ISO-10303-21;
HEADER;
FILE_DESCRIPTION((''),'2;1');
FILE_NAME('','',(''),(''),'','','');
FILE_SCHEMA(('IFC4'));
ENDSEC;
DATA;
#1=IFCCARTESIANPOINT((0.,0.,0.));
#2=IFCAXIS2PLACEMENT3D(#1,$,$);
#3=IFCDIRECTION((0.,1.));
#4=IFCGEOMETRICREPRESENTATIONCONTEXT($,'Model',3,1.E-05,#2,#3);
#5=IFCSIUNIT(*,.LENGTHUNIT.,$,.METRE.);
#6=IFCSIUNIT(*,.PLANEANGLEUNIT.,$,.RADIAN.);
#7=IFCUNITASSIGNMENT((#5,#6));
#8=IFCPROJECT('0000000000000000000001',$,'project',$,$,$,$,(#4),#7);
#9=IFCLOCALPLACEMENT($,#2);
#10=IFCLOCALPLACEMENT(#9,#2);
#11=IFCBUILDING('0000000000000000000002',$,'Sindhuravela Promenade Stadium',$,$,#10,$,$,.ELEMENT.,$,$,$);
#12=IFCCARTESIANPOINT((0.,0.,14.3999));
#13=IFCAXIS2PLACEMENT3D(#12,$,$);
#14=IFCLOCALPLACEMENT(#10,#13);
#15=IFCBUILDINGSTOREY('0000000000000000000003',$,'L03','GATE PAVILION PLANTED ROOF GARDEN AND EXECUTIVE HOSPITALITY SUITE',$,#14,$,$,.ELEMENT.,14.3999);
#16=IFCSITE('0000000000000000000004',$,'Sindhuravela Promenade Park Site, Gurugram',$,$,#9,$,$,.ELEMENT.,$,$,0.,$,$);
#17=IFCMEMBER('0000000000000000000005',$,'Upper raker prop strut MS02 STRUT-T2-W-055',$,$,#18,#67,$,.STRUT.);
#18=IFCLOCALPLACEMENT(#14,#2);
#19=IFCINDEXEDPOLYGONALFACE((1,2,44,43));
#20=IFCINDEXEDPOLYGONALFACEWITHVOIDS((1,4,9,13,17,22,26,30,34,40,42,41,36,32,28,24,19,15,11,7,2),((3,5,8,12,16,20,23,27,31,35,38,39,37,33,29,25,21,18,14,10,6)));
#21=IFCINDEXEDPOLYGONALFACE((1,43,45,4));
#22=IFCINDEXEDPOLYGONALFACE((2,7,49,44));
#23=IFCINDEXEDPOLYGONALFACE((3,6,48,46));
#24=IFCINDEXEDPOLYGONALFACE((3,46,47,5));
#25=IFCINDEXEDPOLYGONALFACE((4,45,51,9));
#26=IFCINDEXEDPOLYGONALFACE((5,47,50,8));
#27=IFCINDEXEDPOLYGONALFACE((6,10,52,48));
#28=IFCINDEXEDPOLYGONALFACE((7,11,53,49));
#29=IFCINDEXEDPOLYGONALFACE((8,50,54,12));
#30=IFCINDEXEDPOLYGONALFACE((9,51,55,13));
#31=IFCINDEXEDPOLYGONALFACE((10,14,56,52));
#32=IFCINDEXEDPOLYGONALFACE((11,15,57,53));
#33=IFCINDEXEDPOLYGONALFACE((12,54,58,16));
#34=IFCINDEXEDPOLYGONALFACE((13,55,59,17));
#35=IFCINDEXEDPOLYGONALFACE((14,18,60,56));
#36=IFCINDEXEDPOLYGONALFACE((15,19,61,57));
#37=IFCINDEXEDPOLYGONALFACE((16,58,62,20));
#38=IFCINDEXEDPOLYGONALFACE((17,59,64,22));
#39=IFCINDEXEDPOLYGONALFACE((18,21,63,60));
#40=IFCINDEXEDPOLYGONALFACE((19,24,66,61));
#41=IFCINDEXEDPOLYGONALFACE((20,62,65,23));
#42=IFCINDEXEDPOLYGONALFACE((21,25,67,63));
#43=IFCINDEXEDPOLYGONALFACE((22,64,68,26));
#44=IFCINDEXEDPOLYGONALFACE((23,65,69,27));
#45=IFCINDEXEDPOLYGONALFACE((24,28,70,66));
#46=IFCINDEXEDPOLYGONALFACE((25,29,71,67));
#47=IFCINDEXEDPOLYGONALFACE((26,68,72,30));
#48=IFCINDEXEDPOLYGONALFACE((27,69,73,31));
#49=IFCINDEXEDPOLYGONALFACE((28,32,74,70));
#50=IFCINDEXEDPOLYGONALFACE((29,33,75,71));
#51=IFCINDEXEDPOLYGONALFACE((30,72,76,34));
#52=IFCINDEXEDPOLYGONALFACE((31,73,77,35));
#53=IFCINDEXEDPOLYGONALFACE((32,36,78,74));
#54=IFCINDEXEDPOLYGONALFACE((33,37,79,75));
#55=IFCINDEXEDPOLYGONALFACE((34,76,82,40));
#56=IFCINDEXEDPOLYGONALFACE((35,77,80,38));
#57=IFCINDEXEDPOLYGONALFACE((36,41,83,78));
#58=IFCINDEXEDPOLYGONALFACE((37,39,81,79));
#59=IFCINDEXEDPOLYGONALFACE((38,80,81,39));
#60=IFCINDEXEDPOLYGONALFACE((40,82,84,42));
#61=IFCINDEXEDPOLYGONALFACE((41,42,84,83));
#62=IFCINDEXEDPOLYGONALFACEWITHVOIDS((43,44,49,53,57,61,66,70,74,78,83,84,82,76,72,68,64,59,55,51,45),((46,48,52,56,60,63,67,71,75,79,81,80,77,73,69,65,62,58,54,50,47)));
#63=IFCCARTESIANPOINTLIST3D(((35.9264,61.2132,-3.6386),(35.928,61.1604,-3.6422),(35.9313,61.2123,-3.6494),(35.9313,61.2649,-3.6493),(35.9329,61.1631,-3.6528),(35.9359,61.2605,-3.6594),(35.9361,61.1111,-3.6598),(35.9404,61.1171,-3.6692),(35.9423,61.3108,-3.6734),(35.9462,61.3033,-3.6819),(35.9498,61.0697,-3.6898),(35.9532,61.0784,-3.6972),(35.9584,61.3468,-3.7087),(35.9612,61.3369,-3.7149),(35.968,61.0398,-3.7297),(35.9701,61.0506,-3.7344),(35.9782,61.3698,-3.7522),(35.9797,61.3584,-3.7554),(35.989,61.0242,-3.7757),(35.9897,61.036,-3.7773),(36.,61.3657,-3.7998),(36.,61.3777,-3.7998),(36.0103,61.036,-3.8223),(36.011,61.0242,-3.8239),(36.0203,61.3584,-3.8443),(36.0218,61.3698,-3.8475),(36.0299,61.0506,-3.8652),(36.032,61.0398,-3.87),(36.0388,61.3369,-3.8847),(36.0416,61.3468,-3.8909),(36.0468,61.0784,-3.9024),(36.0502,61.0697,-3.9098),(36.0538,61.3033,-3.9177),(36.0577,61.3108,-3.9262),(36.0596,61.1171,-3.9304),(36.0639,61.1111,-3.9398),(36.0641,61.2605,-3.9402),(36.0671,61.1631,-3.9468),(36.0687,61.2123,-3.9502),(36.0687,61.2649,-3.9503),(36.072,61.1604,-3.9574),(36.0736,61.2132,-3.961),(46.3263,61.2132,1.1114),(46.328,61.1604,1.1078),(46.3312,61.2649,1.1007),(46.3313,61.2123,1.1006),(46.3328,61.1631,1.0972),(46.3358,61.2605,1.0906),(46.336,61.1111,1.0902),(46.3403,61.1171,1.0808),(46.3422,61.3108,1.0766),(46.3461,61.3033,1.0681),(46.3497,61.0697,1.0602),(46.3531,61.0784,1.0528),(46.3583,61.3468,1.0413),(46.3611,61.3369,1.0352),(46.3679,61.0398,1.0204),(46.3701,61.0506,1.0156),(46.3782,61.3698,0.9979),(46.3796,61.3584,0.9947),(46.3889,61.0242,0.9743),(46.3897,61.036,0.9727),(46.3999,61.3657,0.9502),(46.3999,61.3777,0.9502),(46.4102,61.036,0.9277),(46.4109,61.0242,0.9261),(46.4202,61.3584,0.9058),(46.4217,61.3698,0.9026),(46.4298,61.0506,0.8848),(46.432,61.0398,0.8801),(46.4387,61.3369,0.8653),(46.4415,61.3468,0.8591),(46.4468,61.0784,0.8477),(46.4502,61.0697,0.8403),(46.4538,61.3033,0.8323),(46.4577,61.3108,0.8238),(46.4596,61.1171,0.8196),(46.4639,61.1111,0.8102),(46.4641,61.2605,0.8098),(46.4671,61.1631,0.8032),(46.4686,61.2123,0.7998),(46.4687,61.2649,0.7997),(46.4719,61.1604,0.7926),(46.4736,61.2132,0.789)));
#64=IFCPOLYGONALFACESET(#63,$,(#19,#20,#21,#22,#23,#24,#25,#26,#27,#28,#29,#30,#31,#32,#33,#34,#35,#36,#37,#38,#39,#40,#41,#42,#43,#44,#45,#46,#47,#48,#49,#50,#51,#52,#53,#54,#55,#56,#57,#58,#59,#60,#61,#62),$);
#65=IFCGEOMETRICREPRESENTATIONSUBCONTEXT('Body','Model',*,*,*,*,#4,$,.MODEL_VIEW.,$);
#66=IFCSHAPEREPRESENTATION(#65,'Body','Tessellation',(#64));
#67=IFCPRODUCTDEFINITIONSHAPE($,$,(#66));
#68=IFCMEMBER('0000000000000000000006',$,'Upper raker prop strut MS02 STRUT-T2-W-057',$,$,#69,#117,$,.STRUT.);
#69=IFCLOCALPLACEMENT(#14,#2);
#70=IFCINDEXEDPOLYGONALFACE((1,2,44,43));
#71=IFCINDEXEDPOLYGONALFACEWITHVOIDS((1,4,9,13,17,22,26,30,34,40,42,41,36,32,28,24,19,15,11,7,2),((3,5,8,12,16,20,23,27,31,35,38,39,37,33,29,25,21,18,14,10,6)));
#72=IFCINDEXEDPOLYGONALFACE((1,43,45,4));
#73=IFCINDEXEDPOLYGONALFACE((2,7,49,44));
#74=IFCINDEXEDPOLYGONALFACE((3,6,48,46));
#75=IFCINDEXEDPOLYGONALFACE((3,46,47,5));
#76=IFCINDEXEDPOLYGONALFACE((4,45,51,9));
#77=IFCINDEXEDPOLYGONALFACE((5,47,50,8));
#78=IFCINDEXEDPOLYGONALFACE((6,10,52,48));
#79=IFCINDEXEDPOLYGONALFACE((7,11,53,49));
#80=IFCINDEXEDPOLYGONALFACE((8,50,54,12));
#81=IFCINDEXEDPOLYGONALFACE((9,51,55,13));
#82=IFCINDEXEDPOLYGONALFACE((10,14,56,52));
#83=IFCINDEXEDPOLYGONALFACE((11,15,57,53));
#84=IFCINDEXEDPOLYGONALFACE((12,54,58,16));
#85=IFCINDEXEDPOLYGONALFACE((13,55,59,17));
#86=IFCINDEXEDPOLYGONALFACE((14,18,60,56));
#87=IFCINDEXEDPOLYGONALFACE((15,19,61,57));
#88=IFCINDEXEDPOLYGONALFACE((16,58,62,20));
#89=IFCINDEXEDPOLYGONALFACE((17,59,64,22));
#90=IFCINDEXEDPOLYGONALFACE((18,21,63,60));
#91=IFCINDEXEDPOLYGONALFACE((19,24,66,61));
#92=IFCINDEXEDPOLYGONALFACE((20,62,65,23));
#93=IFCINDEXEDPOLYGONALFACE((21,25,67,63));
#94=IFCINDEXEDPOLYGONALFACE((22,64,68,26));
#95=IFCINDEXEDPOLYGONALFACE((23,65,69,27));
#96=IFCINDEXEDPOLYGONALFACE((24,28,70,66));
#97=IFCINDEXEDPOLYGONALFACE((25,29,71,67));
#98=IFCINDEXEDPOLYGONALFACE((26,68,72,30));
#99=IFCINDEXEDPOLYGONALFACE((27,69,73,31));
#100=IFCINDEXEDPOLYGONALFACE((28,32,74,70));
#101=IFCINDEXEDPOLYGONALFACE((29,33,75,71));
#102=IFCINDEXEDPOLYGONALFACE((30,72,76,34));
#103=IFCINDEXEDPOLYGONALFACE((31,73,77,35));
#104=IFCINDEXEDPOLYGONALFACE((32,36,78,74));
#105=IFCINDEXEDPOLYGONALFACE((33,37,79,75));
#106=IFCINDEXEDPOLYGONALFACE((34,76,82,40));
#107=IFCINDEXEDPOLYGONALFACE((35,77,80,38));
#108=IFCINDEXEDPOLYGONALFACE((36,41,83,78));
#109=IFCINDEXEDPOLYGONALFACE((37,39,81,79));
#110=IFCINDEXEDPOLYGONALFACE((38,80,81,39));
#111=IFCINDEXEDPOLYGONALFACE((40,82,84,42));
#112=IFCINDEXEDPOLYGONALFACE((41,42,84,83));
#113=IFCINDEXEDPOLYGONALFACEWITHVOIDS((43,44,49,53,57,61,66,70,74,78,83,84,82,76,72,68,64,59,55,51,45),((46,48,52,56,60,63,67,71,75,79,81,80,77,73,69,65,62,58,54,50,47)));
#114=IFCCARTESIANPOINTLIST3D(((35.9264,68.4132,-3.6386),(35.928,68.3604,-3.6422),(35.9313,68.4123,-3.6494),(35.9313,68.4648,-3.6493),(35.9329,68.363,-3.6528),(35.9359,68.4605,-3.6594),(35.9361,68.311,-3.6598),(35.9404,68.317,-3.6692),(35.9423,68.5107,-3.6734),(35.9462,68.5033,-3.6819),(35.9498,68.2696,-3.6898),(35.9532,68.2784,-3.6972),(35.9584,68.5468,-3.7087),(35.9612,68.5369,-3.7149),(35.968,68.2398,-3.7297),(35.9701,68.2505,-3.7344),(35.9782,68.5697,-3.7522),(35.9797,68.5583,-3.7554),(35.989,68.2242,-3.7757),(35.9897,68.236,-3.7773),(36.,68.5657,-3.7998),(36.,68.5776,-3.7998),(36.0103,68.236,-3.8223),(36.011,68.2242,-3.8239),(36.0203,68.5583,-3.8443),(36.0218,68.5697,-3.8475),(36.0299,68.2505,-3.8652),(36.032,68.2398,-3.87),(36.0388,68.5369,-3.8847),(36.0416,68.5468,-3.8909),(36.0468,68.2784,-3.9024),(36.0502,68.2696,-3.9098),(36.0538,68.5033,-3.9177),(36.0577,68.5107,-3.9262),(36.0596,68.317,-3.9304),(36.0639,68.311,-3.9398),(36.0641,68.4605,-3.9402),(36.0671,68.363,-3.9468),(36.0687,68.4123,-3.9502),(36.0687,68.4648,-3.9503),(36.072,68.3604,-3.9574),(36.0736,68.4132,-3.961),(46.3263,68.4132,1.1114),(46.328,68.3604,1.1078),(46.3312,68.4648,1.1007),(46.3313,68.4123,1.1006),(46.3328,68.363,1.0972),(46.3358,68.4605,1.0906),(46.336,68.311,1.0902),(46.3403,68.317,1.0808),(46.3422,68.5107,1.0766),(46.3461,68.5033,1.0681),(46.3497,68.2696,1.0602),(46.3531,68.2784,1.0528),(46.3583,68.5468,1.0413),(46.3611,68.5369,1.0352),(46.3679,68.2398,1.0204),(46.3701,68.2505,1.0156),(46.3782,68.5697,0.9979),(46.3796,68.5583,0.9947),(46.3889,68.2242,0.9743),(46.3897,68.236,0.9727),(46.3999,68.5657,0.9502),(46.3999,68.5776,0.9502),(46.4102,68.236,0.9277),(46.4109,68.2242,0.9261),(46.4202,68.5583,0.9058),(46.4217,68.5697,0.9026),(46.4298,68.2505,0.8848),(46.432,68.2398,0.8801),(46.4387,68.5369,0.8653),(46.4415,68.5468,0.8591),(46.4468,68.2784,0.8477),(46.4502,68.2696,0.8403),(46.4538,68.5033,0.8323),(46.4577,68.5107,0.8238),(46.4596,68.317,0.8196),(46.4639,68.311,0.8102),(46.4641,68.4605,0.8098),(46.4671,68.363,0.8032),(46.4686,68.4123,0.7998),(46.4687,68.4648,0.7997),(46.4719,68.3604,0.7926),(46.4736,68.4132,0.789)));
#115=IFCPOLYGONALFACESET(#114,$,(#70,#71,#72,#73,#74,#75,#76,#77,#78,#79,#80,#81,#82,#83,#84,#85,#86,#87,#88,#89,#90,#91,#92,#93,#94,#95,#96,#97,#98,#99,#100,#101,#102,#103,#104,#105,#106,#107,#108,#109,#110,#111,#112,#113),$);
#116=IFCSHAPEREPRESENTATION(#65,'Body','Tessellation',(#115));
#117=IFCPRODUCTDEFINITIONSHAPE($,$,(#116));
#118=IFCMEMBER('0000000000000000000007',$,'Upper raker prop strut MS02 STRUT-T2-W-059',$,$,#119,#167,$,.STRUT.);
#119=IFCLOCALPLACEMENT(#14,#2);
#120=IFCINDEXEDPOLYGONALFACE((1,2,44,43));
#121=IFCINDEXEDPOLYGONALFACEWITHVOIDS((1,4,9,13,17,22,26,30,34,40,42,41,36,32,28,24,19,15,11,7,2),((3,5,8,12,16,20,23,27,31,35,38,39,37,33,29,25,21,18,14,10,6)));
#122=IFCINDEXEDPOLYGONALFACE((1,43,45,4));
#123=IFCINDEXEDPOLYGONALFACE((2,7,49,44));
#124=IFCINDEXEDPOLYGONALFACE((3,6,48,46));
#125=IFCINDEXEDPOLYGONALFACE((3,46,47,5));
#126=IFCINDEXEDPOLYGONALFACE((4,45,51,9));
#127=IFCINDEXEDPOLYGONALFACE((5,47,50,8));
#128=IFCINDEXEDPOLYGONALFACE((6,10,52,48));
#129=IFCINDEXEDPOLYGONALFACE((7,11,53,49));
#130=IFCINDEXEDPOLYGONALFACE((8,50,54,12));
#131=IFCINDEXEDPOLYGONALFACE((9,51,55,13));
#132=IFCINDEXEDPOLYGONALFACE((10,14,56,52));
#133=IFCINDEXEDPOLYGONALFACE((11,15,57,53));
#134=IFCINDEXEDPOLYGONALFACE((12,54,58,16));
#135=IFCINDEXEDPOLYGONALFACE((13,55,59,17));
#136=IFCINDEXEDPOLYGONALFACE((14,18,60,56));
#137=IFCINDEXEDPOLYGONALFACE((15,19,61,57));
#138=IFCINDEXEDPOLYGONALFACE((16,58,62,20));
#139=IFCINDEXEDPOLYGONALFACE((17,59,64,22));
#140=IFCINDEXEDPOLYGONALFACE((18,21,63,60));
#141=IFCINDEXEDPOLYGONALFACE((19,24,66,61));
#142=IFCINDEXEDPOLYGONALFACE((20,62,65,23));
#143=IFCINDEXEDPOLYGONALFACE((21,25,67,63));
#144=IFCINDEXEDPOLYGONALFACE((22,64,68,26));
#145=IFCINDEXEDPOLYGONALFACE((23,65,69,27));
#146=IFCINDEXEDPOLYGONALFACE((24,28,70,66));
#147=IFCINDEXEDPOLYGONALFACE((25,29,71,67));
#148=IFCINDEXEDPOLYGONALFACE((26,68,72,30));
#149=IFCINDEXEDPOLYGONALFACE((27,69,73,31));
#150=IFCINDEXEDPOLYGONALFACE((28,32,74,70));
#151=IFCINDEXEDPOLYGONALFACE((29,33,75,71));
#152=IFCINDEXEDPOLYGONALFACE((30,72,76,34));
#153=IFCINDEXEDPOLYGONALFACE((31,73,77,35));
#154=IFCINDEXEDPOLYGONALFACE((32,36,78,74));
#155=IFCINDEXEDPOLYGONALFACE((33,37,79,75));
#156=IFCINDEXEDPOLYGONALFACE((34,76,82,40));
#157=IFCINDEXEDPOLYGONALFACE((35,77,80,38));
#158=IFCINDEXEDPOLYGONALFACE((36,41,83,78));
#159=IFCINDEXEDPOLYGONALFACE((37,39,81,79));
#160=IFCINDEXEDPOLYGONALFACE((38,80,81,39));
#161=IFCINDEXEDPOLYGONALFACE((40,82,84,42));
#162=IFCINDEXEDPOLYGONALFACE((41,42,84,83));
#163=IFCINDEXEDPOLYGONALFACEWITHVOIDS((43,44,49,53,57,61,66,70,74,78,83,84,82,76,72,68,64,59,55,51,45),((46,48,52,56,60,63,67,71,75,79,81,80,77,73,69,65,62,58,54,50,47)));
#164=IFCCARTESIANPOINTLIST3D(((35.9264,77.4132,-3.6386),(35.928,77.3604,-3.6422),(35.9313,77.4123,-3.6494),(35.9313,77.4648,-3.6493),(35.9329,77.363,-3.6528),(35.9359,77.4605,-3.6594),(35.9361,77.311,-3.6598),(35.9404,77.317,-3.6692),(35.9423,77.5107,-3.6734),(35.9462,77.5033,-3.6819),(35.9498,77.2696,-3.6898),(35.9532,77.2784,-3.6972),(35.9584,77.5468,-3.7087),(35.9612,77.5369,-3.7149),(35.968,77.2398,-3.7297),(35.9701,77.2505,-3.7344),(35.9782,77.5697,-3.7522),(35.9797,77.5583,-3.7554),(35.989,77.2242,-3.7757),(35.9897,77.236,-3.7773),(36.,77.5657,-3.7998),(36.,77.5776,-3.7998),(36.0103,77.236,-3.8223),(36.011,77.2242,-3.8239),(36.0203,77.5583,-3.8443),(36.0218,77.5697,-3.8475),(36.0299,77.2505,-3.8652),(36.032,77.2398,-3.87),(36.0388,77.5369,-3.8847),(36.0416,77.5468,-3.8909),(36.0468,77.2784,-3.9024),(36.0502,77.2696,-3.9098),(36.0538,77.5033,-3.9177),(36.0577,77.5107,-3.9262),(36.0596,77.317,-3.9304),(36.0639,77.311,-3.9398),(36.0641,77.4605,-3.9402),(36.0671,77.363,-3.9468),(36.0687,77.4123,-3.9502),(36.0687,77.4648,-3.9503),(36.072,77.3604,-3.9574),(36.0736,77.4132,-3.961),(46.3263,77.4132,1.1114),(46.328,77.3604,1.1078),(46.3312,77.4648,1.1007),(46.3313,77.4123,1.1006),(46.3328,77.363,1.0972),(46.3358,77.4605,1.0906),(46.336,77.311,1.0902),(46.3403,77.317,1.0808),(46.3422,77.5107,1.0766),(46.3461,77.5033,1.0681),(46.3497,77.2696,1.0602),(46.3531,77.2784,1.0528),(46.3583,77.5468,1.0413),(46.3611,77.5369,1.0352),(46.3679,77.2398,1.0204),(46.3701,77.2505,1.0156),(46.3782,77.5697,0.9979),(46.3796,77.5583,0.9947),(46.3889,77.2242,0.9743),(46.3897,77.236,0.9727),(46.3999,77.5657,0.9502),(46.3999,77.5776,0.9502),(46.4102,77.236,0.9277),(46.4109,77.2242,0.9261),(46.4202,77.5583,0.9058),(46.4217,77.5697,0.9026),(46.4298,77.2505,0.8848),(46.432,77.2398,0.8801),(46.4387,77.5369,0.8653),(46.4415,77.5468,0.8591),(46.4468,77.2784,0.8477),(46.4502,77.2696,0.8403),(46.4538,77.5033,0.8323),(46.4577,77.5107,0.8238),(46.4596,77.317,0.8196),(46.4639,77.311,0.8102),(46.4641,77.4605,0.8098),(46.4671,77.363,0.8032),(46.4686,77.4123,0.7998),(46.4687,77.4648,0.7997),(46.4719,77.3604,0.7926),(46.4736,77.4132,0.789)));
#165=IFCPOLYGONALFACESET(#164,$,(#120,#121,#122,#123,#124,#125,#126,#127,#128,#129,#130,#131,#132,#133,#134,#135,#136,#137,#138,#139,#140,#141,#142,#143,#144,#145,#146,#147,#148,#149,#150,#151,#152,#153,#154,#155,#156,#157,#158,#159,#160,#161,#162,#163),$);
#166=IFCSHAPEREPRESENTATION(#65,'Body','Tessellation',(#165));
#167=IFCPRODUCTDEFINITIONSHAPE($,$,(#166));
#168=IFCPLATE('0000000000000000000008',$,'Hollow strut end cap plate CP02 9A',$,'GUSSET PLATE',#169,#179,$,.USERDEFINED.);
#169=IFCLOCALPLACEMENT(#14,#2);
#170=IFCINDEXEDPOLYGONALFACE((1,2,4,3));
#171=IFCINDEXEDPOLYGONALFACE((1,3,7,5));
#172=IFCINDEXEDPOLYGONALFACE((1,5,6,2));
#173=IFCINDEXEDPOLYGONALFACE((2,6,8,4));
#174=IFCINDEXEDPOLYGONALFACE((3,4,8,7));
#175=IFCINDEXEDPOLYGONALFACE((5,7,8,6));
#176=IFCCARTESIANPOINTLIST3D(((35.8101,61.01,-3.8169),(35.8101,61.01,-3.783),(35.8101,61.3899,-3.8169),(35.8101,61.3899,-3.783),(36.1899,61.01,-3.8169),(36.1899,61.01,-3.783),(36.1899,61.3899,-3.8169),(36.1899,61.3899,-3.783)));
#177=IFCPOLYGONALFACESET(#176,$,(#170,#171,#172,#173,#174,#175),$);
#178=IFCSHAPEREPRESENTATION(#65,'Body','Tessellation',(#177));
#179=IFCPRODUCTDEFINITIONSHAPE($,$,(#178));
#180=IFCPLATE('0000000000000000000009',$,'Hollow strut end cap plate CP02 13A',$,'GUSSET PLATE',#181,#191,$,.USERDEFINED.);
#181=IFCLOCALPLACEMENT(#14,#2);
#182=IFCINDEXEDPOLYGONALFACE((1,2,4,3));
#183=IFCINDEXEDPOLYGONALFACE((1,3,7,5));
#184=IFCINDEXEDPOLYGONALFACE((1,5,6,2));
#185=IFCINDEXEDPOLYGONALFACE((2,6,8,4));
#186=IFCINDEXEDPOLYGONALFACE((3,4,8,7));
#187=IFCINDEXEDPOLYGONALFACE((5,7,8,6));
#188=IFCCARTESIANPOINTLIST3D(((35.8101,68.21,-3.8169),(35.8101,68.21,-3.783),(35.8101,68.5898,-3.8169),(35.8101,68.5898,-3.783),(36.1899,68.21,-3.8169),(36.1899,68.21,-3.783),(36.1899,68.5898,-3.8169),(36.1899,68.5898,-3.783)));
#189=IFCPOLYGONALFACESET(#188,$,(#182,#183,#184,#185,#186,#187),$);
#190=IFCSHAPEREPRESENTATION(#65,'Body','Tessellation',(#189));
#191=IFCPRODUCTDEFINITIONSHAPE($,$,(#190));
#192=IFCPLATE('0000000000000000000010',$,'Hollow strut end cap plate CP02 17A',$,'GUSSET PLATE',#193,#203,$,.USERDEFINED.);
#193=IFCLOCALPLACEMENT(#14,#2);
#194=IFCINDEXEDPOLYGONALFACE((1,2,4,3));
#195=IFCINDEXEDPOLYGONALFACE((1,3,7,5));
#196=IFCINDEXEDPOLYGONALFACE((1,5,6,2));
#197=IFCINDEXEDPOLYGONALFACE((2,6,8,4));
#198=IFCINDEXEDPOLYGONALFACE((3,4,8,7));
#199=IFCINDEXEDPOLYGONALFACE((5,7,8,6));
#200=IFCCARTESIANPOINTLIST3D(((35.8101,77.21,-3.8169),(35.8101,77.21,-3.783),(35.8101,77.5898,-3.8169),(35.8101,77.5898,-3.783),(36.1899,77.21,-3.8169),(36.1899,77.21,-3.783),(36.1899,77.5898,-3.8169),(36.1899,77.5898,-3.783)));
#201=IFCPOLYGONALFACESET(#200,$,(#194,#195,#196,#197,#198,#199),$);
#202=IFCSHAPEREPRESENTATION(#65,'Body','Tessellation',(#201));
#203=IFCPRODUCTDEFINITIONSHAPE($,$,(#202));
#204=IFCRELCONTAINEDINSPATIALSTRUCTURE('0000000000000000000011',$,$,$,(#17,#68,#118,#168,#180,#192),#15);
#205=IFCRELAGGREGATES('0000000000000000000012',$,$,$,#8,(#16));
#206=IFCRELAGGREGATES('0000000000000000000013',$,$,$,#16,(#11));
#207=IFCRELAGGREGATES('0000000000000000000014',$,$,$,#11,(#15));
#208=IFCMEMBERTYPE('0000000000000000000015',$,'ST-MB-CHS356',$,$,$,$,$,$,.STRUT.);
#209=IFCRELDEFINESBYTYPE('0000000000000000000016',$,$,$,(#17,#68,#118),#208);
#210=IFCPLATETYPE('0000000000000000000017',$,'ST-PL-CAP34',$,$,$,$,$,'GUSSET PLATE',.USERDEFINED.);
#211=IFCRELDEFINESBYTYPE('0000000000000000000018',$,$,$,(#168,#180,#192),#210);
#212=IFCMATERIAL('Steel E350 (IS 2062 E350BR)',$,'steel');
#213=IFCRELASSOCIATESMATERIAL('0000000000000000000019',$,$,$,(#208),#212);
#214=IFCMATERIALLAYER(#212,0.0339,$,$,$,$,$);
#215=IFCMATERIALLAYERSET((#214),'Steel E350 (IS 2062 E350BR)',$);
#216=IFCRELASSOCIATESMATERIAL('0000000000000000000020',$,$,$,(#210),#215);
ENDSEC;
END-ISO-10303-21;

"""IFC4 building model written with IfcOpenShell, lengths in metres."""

from ifc_helpers import new_model, si_unit, direction, frame, origin, origin_2d, place, context, subcontext, project, spatial, rectangle, hollow_circle, extrude, material, layer, layer_set, material_profile, profile_set, type_object, element, save


model = new_model("IFC4")

# Units and contexts
model_context = context("Model", 3, precision=1e-05, world=origin(), true_north=direction((0.0, 1.0)))
body_context = subcontext(model_context, "Body", "Model", "MODEL_VIEW")
ifc_project = project(units=[si_unit("LENGTHUNIT", "METRE"), si_unit("PLANEANGLEUNIT", "RADIAN")], contexts=[model_context])

# Site, building, storey
site_placement = place(None, origin())
site = spatial("IfcSite", under=ifc_project, at=site_placement, Name="Sindhuravela Promenade Park Site, Gurugram", CompositionType="ELEMENT", RefElevation=0.0)
building_placement = place(site_placement, origin())
building = spatial("IfcBuilding", under=site, at=building_placement, Name="Sindhuravela Promenade Stadium", CompositionType="ELEMENT")
storey_placement = place(building_placement, frame((0.0, 0.0, 14.3999)))
storey = spatial("IfcBuildingStorey", under=building, at=storey_placement, Name="L03", Description="GATE PAVILION PLANTED ROOF GARDEN AND EXECUTIVE HOSPITALITY SUITE", CompositionType="ELEMENT", Elevation=14.3999)

# Shared definitions
ifc_material_1 = material(Name="Steel E350 (IS 2062 E350BR)", Category="steel")

# Members
ifc_material_profile_1 = material_profile(ifc_material_1, hollow_circle(Radius=0.1777, WallThickness=0.012, at=origin_2d()), Name="CHS 355.6x12")
ifc_profile_set_1 = profile_set([ifc_material_profile_1], Name="Steel E350 (IS 2062 E350BR)")
member_type = type_object("IfcMemberType", Name="ST-MB-CHS356", PredefinedType="STRUT", material=ifc_profile_set_1)
for number, where, z_axis, x_axis, name in (
    (1, (36.0, 61.2, -3.7998), (0.909615, 0.0, 0.415453), (0.0, 1.0, 0.0), "Upper raker prop strut MS02 STRUT-T2-W-055"),
    (2, (36.0, 68.3999, -3.7998), (0.909615, 0.0, 0.415453), (0.0, 1.0, 0.0), "Upper raker prop strut MS02 STRUT-T2-W-057"),
    (3, (36.0, 77.3999, -3.7998), (0.909615, 0.0, 0.415453), (0.0, 1.0, 0.0), "Upper raker prop strut MS02 STRUT-T2-W-059"),
):
    element("IfcMember", number, at=place(storey_placement, frame(where, z_axis=z_axis, x_axis=x_axis)), inside=storey, type_object=member_type, Name=name, PredefinedType="STRUT", context=body_context, shape_type="SweptSolid", body=[
        extrude(hollow_circle(Radius=0.1777, WallThickness=0.012, at=origin_2d()), origin(), (0.0, 0.0, 1.0), 11.4333),
    ])

# Plates
ifc_layer_1 = layer(ifc_material_1, 0.0339)
ifc_layer_set_1 = layer_set([ifc_layer_1], Name="Steel E350 (IS 2062 E350BR)")
plate_type = type_object("IfcPlateType", Name="ST-PL-CAP34", ElementType="GUSSET PLATE", PredefinedType="USERDEFINED", material=ifc_layer_set_1)
for number, where, z_axis, x_axis, name in (
    (4, (36.0, 61.2, -3.8169), (0.0, 0.0, 1.0), (1.0, 0.0, 0.0), "Hollow strut end cap plate CP02 9A"),
    (5, (36.0, 68.3999, -3.8169), (0.0, 0.0, 1.0), (1.0, 0.0, 0.0), "Hollow strut end cap plate CP02 13A"),
    (6, (36.0, 77.3999, -3.8169), (0.0, 0.0, 1.0), (1.0, 0.0, 0.0), "Hollow strut end cap plate CP02 17A"),
):
    element("IfcPlate", number, at=place(storey_placement, frame(where, z_axis=z_axis, x_axis=x_axis)), inside=storey, type_object=plate_type, Name=name, ObjectType="GUSSET PLATE", PredefinedType="USERDEFINED", context=body_context, shape_type="SweptSolid", body=[
        extrude(rectangle(XDim=0.3799, YDim=0.3799, at=origin_2d()), origin(), (0.0, 0.0, 1.0), 0.0339),
    ])

save(model, "model.ifc")
